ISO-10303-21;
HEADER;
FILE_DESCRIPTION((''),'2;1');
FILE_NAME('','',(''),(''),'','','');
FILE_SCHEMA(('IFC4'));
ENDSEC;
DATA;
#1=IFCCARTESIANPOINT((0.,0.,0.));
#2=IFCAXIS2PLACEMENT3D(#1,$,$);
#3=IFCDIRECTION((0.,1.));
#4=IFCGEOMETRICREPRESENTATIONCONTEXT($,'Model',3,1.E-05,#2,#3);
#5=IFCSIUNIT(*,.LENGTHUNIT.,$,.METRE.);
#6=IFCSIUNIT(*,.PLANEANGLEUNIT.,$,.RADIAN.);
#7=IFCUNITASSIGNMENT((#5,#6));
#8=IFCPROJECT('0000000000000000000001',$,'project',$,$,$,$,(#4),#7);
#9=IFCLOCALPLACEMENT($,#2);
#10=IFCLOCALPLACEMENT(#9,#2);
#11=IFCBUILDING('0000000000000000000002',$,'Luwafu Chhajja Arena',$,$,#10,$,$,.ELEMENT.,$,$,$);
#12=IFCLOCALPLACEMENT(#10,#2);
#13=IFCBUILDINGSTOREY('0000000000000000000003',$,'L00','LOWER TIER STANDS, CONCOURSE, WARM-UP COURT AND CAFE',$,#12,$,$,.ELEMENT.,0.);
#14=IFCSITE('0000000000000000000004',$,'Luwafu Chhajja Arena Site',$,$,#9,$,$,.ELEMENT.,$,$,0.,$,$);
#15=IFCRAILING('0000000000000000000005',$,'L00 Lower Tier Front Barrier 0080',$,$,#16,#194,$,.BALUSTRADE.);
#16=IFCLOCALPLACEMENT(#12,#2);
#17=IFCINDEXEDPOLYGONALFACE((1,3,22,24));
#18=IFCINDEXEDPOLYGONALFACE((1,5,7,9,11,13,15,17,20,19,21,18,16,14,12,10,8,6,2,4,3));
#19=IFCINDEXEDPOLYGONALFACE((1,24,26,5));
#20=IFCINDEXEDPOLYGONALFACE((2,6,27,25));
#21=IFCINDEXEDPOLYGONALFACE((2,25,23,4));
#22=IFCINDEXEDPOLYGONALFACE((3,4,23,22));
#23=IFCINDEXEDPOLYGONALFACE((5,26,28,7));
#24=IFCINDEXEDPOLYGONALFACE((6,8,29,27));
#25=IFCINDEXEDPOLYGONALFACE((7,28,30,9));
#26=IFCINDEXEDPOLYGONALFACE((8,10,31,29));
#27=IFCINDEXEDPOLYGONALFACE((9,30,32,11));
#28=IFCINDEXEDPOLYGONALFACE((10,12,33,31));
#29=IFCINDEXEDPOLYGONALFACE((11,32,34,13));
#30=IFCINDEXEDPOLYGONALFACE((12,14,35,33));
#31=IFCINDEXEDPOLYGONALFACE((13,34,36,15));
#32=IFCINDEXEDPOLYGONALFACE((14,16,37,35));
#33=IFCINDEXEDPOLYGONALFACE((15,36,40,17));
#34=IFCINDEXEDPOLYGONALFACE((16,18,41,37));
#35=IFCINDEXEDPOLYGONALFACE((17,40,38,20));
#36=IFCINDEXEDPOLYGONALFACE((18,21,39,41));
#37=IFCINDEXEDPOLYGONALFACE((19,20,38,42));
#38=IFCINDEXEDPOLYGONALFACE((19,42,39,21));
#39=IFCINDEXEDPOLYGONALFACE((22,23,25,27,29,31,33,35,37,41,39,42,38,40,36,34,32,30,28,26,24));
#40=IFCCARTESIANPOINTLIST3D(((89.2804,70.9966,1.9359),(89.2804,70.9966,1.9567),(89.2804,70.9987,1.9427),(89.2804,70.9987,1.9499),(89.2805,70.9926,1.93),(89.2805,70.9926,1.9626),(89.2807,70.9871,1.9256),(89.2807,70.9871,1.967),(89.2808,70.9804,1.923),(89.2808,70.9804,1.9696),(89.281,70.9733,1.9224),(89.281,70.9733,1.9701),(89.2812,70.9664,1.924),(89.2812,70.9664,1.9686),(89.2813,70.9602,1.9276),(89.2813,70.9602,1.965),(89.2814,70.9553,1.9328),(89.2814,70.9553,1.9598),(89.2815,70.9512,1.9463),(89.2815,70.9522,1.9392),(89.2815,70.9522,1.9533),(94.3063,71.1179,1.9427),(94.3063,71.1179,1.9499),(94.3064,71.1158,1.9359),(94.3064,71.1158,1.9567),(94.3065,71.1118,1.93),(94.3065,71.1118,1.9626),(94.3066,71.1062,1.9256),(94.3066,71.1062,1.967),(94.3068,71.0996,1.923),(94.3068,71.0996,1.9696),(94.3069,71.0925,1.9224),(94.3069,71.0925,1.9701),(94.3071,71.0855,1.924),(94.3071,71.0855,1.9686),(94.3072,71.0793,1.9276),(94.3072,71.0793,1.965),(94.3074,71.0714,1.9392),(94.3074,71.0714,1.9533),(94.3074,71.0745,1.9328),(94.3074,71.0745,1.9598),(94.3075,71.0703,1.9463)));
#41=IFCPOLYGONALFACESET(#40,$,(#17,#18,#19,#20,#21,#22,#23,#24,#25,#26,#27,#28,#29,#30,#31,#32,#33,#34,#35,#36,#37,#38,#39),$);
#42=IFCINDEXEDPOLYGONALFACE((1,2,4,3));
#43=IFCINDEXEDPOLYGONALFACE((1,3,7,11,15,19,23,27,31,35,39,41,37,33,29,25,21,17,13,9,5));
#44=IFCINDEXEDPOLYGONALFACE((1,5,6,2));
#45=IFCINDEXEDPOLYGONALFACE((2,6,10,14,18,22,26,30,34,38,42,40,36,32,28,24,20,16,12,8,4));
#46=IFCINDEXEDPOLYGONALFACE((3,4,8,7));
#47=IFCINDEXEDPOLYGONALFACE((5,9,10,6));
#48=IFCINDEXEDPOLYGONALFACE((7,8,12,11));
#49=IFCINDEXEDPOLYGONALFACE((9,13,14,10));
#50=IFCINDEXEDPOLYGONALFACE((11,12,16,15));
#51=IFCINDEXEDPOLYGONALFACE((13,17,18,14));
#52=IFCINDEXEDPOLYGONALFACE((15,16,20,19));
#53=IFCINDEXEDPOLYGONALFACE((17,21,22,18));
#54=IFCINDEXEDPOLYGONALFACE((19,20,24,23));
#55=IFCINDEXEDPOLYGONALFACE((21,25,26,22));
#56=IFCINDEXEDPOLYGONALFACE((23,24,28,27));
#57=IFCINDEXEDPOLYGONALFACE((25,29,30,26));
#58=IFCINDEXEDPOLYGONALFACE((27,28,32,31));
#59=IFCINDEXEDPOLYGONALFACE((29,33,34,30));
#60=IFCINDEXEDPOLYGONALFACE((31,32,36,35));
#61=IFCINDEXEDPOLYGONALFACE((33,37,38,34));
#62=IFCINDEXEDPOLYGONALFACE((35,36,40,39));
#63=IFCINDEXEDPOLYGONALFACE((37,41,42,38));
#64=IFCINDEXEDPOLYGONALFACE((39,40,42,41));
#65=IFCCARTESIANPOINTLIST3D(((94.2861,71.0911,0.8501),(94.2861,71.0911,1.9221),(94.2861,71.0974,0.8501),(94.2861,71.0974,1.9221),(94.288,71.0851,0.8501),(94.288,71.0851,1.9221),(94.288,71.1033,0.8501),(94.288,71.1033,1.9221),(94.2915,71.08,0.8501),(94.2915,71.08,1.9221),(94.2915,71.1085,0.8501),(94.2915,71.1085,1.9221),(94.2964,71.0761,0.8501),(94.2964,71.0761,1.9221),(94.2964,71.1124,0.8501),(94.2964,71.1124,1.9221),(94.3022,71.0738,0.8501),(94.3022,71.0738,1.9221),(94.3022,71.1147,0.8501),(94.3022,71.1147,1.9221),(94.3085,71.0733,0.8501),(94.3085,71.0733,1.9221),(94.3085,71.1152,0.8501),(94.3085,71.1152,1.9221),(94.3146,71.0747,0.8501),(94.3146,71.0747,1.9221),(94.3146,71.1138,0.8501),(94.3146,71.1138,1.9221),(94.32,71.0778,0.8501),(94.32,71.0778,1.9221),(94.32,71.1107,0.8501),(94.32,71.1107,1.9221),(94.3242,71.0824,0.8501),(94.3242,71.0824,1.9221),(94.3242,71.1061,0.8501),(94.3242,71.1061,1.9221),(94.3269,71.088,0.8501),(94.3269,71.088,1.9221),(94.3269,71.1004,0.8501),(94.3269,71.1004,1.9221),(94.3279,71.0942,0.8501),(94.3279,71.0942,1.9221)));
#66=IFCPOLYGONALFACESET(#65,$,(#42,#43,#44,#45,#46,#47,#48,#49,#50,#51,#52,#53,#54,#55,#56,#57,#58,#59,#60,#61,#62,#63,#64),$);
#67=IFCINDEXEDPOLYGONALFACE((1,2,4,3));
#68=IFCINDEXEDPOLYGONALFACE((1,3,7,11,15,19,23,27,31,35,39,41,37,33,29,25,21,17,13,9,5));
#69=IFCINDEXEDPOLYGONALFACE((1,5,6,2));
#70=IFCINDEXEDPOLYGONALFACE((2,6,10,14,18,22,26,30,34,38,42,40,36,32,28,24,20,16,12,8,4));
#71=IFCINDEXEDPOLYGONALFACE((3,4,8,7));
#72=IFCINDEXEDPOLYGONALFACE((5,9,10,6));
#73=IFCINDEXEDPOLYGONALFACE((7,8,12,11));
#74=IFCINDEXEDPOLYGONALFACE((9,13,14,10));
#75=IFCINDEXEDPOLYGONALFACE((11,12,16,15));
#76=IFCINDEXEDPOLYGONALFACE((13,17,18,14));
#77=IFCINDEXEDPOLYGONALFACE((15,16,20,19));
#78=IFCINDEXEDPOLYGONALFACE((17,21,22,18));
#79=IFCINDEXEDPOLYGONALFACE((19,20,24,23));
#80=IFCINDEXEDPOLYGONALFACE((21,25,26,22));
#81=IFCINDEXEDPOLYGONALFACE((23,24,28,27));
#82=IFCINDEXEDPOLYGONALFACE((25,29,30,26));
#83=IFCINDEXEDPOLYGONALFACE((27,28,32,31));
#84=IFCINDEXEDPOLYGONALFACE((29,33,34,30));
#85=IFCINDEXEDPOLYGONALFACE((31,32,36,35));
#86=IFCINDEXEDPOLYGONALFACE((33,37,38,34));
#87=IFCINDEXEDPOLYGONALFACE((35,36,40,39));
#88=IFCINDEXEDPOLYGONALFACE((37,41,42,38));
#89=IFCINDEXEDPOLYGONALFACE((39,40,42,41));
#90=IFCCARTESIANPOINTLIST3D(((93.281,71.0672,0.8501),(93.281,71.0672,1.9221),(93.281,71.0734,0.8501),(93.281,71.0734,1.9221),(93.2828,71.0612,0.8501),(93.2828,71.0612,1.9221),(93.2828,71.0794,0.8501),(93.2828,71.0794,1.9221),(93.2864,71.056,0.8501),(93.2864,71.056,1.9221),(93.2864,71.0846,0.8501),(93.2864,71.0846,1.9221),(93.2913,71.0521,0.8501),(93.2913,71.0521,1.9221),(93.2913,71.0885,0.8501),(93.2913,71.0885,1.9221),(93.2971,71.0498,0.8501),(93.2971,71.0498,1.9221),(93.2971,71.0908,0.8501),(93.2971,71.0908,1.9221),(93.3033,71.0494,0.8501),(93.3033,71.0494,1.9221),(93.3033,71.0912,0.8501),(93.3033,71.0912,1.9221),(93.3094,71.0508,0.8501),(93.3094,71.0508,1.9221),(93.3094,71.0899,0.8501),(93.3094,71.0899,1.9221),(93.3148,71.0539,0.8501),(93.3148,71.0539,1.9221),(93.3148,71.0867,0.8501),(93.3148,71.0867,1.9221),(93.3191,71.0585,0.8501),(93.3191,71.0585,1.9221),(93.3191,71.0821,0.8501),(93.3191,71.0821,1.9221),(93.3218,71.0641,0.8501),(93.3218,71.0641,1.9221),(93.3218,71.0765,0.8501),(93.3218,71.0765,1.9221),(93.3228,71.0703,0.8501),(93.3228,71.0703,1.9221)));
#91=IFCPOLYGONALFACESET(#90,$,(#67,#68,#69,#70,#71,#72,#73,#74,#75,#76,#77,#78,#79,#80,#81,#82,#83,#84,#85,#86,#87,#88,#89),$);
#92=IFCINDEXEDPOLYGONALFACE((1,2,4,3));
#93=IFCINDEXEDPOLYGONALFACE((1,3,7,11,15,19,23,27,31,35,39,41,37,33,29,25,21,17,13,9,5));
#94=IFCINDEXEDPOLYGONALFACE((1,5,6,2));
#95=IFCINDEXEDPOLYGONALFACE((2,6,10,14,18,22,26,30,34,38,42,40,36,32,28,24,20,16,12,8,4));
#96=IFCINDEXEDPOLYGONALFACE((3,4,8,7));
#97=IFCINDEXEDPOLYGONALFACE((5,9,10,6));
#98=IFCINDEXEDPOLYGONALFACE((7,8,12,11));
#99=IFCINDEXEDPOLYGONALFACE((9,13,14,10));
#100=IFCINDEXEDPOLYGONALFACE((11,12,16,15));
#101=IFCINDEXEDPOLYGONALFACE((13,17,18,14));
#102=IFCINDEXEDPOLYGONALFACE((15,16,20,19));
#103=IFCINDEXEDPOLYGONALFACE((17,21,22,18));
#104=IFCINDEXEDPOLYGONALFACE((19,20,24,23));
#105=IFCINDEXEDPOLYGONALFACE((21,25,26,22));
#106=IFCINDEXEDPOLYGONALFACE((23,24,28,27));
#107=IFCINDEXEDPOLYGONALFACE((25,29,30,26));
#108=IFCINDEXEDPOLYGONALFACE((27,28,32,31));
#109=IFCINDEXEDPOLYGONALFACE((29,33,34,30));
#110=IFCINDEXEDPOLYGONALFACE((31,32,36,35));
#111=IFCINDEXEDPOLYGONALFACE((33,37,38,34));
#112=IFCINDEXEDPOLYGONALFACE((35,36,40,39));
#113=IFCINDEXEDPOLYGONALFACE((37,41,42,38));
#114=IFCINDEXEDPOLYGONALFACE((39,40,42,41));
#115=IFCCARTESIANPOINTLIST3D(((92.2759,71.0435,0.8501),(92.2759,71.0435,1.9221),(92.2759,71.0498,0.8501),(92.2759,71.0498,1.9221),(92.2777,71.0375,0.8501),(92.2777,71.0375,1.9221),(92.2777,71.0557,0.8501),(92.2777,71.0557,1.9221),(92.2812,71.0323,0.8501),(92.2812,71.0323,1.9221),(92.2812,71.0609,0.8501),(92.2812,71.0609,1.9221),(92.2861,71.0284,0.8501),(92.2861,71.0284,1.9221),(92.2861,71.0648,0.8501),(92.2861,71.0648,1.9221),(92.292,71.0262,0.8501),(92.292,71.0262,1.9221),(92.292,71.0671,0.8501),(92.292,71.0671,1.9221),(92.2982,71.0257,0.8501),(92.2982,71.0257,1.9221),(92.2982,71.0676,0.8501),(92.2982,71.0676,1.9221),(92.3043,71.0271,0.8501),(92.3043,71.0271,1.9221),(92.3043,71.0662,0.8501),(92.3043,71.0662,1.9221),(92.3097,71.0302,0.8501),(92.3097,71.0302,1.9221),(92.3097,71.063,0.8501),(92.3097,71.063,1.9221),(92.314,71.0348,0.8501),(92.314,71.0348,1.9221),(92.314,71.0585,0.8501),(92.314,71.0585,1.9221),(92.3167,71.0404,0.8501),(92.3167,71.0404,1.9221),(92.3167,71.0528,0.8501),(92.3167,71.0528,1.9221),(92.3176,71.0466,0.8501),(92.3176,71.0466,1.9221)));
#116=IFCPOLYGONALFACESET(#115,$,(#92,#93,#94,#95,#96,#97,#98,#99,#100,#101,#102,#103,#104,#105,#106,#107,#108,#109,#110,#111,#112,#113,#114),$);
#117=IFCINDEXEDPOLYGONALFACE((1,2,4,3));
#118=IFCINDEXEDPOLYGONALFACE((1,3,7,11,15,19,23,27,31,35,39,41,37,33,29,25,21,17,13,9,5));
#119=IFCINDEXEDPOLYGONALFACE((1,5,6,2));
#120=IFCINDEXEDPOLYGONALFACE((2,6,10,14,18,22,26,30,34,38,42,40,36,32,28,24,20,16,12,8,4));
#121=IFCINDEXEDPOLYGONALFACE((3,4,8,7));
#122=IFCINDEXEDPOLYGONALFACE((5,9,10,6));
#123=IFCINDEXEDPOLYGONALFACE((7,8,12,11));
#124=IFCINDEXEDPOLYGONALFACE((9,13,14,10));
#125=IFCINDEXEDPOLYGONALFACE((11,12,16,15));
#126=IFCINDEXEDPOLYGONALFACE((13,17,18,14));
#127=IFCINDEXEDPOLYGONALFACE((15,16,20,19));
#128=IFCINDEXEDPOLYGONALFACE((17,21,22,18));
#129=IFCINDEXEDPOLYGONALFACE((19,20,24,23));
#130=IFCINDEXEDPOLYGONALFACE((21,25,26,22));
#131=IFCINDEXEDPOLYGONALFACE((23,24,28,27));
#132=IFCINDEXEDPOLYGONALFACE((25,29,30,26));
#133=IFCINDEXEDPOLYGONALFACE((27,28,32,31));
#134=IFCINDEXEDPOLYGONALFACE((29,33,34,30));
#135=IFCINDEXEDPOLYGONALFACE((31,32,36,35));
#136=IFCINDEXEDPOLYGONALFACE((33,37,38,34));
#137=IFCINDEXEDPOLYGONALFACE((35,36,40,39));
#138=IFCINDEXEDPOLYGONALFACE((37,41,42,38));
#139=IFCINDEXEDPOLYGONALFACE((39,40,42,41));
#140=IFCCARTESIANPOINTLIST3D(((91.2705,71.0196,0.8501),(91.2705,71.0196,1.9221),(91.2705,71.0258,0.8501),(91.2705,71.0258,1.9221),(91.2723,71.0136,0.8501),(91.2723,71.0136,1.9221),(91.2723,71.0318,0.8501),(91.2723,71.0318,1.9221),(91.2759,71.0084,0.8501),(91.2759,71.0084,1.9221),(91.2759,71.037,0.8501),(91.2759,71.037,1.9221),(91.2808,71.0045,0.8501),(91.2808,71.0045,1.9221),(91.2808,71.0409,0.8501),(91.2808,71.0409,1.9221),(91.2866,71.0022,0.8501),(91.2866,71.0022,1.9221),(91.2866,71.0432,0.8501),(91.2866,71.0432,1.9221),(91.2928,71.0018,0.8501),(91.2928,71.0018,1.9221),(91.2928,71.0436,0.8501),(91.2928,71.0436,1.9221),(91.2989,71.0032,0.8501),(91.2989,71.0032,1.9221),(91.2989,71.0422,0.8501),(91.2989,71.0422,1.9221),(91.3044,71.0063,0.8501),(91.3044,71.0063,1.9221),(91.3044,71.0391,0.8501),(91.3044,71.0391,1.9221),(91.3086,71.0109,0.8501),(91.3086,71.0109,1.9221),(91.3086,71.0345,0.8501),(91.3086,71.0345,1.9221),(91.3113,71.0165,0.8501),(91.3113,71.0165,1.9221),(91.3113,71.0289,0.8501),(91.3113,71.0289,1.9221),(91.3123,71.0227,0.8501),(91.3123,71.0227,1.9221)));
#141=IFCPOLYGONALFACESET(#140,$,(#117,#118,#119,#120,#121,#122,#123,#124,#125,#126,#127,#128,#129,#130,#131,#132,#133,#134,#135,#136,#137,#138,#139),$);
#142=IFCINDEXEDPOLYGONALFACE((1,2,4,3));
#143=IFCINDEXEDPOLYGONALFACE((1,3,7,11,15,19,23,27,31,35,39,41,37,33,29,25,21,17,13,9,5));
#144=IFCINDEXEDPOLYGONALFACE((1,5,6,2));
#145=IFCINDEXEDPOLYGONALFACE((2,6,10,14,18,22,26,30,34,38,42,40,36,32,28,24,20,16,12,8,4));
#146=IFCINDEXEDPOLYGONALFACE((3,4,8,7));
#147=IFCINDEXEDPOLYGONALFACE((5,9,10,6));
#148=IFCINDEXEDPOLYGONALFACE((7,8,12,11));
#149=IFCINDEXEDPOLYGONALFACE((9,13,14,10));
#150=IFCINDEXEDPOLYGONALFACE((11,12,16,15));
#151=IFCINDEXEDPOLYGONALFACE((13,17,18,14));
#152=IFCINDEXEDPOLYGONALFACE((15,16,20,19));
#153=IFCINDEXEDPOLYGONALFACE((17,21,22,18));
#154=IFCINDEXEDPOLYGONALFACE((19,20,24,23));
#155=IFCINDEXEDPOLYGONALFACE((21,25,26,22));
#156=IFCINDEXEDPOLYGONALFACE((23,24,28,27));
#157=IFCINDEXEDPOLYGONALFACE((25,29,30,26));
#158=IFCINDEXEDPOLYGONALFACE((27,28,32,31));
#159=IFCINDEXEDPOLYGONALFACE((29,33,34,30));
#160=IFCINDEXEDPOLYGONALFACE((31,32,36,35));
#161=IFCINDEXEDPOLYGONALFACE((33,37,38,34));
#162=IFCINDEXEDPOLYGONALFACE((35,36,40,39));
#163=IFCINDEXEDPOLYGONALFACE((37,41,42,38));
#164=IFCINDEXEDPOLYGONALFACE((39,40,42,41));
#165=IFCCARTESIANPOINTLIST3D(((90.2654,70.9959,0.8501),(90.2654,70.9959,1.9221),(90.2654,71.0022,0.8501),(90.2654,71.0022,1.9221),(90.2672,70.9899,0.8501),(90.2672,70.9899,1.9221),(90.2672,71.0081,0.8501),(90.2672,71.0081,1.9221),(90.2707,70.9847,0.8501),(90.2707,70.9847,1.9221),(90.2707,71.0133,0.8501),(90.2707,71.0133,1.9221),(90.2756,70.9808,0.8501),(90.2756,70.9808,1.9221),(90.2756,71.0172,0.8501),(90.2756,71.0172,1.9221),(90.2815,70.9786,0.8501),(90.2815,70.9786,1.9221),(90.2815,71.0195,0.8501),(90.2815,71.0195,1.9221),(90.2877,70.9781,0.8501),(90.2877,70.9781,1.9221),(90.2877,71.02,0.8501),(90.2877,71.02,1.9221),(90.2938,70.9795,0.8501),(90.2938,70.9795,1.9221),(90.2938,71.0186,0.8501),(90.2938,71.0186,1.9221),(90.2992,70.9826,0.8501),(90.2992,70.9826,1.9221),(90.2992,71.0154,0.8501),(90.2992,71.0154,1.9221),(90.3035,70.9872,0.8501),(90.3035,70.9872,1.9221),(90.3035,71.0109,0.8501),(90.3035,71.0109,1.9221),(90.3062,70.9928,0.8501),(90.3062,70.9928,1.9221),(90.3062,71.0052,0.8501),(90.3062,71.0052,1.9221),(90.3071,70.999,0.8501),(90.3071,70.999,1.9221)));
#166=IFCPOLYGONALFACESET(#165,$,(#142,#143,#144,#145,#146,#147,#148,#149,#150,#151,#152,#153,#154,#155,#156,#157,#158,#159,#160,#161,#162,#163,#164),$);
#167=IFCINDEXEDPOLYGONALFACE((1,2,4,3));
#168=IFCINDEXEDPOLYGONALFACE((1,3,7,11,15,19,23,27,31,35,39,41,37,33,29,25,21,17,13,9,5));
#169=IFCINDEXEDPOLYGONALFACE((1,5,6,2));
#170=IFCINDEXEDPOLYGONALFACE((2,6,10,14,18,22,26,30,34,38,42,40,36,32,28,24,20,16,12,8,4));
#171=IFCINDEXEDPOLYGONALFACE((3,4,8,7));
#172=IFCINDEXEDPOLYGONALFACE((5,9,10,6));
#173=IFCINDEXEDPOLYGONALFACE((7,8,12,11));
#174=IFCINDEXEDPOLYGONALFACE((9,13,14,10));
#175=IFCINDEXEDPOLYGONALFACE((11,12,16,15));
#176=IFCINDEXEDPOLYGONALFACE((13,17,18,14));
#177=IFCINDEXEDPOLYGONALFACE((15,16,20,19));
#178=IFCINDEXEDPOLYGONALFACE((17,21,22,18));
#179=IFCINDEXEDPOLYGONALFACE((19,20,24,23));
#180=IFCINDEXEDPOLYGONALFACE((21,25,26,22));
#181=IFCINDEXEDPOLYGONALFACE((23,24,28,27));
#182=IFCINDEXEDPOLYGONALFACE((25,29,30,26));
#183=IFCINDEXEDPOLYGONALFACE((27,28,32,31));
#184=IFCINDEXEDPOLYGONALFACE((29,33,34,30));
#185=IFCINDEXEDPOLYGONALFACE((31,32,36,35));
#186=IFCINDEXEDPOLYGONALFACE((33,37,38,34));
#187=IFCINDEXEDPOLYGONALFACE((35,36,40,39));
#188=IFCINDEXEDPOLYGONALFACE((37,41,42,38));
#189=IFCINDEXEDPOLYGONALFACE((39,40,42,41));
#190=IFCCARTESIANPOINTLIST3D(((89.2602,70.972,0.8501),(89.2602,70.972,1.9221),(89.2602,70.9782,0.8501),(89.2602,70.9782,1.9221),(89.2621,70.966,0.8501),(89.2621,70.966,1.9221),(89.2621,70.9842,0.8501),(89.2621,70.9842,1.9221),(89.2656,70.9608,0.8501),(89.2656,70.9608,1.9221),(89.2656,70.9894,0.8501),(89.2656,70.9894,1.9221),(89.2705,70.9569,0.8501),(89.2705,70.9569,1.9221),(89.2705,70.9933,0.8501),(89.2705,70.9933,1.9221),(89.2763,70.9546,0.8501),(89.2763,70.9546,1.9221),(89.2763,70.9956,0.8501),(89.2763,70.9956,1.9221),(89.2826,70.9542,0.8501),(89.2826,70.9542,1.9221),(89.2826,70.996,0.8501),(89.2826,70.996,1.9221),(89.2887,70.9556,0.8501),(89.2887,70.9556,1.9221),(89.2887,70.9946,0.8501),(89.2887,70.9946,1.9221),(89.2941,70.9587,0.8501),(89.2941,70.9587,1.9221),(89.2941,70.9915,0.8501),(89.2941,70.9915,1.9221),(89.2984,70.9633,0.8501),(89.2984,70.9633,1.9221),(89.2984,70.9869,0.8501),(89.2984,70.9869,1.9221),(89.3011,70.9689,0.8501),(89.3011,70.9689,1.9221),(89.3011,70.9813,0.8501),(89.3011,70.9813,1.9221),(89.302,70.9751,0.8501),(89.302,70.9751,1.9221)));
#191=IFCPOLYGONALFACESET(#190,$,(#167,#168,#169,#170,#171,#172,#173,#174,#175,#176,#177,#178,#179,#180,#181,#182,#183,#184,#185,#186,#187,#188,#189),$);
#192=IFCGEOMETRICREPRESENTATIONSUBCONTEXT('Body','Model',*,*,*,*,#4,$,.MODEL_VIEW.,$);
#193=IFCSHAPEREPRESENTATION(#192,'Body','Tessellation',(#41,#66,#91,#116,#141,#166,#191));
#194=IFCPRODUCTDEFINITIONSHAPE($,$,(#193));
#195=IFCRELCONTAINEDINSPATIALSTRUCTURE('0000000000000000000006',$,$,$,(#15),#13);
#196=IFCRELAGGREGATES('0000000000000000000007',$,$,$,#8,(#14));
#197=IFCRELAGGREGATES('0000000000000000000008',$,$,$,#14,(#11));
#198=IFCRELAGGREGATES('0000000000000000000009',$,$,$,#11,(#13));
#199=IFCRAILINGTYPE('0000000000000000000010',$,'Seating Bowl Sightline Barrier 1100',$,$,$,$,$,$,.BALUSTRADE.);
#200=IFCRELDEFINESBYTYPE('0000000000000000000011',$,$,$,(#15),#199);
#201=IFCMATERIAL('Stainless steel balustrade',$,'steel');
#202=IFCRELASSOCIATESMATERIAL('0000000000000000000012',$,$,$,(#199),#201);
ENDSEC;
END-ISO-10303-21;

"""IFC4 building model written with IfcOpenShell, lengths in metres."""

from ifc_helpers import new_model, si_unit, direction, frame, origin, origin_2d, place, context, subcontext, project, spatial, circle, extrude, material, type_object, element, save


model = new_model("IFC4")

# Units and contexts
model_context = context("Model", 3, precision=1e-05, world=origin(), true_north=direction((0.0, 1.0)))
body_context = subcontext(model_context, "Body", "Model", "MODEL_VIEW")
ifc_project = project(units=[si_unit("LENGTHUNIT", "METRE"), si_unit("PLANEANGLEUNIT", "RADIAN")], contexts=[model_context])

# Site, building, storey
site_placement = place(None, origin())
site = spatial("IfcSite", under=ifc_project, at=site_placement, Name="Luwafu Chhajja Arena Site", CompositionType="ELEMENT", RefElevation=0.0)
building_placement = place(site_placement, origin())
building = spatial("IfcBuilding", under=site, at=building_placement, Name="Luwafu Chhajja Arena", CompositionType="ELEMENT")
storey_placement = place(building_placement, origin())
storey = spatial("IfcBuildingStorey", under=building, at=storey_placement, Name="L00", Description="LOWER TIER STANDS, CONCOURSE, WARM-UP COURT AND CAFE", CompositionType="ELEMENT", Elevation=0.0)

# Railing
ifc_material_1 = material(Name="Stainless steel balustrade", Category="steel")
railing_type = type_object("IfcRailingType", Name="Seating Bowl Sightline Barrier 1100", PredefinedType="BALUSTRADE", material=ifc_material_1)
railing_1_placement = place(storey_placement, frame((94.3069, 71.0942, 0.8501)))
element("IfcRailing", 1, at=railing_1_placement, inside=storey, type_object=railing_type, Name="L00 Lower Tier Front Barrier 0080", PredefinedType="BALUSTRADE", context=body_context, shape_type="SweptSolid", body=[
    extrude(circle(Radius=0.0239, at=origin_2d()), frame((0.0, 0.0, 1.0962), z_axis=(-0.999719, -0.023699, 0.0), x_axis=(0.023699, -0.999719, 0.0)), (0.0, 0.0, 1.0), 5.0273),
    extrude(circle(Radius=0.021, at=origin_2d()), origin(), (0.0, 0.0, 1.0), 1.072),
    extrude(circle(Radius=0.021, at=origin_2d()), frame((-1.0051, -0.0239, 0.0)), (0.0, 0.0, 1.0), 1.072),
    extrude(circle(Radius=0.021, at=origin_2d()), frame((-2.0103, -0.0476, 0.0)), (0.0, 0.0, 1.0), 1.072),
    extrude(circle(Radius=0.021, at=origin_2d()), frame((-3.0156, -0.0715, 0.0)), (0.0, 0.0, 1.0), 1.072),
    extrude(circle(Radius=0.021, at=origin_2d()), frame((-4.0208, -0.0952, 0.0)), (0.0, 0.0, 1.0), 1.072),
    extrude(circle(Radius=0.021, at=origin_2d()), frame((-5.0259, -0.1191, 0.0)), (0.0, 0.0, 1.0), 1.072),
])

save(model, "model.ifc")
